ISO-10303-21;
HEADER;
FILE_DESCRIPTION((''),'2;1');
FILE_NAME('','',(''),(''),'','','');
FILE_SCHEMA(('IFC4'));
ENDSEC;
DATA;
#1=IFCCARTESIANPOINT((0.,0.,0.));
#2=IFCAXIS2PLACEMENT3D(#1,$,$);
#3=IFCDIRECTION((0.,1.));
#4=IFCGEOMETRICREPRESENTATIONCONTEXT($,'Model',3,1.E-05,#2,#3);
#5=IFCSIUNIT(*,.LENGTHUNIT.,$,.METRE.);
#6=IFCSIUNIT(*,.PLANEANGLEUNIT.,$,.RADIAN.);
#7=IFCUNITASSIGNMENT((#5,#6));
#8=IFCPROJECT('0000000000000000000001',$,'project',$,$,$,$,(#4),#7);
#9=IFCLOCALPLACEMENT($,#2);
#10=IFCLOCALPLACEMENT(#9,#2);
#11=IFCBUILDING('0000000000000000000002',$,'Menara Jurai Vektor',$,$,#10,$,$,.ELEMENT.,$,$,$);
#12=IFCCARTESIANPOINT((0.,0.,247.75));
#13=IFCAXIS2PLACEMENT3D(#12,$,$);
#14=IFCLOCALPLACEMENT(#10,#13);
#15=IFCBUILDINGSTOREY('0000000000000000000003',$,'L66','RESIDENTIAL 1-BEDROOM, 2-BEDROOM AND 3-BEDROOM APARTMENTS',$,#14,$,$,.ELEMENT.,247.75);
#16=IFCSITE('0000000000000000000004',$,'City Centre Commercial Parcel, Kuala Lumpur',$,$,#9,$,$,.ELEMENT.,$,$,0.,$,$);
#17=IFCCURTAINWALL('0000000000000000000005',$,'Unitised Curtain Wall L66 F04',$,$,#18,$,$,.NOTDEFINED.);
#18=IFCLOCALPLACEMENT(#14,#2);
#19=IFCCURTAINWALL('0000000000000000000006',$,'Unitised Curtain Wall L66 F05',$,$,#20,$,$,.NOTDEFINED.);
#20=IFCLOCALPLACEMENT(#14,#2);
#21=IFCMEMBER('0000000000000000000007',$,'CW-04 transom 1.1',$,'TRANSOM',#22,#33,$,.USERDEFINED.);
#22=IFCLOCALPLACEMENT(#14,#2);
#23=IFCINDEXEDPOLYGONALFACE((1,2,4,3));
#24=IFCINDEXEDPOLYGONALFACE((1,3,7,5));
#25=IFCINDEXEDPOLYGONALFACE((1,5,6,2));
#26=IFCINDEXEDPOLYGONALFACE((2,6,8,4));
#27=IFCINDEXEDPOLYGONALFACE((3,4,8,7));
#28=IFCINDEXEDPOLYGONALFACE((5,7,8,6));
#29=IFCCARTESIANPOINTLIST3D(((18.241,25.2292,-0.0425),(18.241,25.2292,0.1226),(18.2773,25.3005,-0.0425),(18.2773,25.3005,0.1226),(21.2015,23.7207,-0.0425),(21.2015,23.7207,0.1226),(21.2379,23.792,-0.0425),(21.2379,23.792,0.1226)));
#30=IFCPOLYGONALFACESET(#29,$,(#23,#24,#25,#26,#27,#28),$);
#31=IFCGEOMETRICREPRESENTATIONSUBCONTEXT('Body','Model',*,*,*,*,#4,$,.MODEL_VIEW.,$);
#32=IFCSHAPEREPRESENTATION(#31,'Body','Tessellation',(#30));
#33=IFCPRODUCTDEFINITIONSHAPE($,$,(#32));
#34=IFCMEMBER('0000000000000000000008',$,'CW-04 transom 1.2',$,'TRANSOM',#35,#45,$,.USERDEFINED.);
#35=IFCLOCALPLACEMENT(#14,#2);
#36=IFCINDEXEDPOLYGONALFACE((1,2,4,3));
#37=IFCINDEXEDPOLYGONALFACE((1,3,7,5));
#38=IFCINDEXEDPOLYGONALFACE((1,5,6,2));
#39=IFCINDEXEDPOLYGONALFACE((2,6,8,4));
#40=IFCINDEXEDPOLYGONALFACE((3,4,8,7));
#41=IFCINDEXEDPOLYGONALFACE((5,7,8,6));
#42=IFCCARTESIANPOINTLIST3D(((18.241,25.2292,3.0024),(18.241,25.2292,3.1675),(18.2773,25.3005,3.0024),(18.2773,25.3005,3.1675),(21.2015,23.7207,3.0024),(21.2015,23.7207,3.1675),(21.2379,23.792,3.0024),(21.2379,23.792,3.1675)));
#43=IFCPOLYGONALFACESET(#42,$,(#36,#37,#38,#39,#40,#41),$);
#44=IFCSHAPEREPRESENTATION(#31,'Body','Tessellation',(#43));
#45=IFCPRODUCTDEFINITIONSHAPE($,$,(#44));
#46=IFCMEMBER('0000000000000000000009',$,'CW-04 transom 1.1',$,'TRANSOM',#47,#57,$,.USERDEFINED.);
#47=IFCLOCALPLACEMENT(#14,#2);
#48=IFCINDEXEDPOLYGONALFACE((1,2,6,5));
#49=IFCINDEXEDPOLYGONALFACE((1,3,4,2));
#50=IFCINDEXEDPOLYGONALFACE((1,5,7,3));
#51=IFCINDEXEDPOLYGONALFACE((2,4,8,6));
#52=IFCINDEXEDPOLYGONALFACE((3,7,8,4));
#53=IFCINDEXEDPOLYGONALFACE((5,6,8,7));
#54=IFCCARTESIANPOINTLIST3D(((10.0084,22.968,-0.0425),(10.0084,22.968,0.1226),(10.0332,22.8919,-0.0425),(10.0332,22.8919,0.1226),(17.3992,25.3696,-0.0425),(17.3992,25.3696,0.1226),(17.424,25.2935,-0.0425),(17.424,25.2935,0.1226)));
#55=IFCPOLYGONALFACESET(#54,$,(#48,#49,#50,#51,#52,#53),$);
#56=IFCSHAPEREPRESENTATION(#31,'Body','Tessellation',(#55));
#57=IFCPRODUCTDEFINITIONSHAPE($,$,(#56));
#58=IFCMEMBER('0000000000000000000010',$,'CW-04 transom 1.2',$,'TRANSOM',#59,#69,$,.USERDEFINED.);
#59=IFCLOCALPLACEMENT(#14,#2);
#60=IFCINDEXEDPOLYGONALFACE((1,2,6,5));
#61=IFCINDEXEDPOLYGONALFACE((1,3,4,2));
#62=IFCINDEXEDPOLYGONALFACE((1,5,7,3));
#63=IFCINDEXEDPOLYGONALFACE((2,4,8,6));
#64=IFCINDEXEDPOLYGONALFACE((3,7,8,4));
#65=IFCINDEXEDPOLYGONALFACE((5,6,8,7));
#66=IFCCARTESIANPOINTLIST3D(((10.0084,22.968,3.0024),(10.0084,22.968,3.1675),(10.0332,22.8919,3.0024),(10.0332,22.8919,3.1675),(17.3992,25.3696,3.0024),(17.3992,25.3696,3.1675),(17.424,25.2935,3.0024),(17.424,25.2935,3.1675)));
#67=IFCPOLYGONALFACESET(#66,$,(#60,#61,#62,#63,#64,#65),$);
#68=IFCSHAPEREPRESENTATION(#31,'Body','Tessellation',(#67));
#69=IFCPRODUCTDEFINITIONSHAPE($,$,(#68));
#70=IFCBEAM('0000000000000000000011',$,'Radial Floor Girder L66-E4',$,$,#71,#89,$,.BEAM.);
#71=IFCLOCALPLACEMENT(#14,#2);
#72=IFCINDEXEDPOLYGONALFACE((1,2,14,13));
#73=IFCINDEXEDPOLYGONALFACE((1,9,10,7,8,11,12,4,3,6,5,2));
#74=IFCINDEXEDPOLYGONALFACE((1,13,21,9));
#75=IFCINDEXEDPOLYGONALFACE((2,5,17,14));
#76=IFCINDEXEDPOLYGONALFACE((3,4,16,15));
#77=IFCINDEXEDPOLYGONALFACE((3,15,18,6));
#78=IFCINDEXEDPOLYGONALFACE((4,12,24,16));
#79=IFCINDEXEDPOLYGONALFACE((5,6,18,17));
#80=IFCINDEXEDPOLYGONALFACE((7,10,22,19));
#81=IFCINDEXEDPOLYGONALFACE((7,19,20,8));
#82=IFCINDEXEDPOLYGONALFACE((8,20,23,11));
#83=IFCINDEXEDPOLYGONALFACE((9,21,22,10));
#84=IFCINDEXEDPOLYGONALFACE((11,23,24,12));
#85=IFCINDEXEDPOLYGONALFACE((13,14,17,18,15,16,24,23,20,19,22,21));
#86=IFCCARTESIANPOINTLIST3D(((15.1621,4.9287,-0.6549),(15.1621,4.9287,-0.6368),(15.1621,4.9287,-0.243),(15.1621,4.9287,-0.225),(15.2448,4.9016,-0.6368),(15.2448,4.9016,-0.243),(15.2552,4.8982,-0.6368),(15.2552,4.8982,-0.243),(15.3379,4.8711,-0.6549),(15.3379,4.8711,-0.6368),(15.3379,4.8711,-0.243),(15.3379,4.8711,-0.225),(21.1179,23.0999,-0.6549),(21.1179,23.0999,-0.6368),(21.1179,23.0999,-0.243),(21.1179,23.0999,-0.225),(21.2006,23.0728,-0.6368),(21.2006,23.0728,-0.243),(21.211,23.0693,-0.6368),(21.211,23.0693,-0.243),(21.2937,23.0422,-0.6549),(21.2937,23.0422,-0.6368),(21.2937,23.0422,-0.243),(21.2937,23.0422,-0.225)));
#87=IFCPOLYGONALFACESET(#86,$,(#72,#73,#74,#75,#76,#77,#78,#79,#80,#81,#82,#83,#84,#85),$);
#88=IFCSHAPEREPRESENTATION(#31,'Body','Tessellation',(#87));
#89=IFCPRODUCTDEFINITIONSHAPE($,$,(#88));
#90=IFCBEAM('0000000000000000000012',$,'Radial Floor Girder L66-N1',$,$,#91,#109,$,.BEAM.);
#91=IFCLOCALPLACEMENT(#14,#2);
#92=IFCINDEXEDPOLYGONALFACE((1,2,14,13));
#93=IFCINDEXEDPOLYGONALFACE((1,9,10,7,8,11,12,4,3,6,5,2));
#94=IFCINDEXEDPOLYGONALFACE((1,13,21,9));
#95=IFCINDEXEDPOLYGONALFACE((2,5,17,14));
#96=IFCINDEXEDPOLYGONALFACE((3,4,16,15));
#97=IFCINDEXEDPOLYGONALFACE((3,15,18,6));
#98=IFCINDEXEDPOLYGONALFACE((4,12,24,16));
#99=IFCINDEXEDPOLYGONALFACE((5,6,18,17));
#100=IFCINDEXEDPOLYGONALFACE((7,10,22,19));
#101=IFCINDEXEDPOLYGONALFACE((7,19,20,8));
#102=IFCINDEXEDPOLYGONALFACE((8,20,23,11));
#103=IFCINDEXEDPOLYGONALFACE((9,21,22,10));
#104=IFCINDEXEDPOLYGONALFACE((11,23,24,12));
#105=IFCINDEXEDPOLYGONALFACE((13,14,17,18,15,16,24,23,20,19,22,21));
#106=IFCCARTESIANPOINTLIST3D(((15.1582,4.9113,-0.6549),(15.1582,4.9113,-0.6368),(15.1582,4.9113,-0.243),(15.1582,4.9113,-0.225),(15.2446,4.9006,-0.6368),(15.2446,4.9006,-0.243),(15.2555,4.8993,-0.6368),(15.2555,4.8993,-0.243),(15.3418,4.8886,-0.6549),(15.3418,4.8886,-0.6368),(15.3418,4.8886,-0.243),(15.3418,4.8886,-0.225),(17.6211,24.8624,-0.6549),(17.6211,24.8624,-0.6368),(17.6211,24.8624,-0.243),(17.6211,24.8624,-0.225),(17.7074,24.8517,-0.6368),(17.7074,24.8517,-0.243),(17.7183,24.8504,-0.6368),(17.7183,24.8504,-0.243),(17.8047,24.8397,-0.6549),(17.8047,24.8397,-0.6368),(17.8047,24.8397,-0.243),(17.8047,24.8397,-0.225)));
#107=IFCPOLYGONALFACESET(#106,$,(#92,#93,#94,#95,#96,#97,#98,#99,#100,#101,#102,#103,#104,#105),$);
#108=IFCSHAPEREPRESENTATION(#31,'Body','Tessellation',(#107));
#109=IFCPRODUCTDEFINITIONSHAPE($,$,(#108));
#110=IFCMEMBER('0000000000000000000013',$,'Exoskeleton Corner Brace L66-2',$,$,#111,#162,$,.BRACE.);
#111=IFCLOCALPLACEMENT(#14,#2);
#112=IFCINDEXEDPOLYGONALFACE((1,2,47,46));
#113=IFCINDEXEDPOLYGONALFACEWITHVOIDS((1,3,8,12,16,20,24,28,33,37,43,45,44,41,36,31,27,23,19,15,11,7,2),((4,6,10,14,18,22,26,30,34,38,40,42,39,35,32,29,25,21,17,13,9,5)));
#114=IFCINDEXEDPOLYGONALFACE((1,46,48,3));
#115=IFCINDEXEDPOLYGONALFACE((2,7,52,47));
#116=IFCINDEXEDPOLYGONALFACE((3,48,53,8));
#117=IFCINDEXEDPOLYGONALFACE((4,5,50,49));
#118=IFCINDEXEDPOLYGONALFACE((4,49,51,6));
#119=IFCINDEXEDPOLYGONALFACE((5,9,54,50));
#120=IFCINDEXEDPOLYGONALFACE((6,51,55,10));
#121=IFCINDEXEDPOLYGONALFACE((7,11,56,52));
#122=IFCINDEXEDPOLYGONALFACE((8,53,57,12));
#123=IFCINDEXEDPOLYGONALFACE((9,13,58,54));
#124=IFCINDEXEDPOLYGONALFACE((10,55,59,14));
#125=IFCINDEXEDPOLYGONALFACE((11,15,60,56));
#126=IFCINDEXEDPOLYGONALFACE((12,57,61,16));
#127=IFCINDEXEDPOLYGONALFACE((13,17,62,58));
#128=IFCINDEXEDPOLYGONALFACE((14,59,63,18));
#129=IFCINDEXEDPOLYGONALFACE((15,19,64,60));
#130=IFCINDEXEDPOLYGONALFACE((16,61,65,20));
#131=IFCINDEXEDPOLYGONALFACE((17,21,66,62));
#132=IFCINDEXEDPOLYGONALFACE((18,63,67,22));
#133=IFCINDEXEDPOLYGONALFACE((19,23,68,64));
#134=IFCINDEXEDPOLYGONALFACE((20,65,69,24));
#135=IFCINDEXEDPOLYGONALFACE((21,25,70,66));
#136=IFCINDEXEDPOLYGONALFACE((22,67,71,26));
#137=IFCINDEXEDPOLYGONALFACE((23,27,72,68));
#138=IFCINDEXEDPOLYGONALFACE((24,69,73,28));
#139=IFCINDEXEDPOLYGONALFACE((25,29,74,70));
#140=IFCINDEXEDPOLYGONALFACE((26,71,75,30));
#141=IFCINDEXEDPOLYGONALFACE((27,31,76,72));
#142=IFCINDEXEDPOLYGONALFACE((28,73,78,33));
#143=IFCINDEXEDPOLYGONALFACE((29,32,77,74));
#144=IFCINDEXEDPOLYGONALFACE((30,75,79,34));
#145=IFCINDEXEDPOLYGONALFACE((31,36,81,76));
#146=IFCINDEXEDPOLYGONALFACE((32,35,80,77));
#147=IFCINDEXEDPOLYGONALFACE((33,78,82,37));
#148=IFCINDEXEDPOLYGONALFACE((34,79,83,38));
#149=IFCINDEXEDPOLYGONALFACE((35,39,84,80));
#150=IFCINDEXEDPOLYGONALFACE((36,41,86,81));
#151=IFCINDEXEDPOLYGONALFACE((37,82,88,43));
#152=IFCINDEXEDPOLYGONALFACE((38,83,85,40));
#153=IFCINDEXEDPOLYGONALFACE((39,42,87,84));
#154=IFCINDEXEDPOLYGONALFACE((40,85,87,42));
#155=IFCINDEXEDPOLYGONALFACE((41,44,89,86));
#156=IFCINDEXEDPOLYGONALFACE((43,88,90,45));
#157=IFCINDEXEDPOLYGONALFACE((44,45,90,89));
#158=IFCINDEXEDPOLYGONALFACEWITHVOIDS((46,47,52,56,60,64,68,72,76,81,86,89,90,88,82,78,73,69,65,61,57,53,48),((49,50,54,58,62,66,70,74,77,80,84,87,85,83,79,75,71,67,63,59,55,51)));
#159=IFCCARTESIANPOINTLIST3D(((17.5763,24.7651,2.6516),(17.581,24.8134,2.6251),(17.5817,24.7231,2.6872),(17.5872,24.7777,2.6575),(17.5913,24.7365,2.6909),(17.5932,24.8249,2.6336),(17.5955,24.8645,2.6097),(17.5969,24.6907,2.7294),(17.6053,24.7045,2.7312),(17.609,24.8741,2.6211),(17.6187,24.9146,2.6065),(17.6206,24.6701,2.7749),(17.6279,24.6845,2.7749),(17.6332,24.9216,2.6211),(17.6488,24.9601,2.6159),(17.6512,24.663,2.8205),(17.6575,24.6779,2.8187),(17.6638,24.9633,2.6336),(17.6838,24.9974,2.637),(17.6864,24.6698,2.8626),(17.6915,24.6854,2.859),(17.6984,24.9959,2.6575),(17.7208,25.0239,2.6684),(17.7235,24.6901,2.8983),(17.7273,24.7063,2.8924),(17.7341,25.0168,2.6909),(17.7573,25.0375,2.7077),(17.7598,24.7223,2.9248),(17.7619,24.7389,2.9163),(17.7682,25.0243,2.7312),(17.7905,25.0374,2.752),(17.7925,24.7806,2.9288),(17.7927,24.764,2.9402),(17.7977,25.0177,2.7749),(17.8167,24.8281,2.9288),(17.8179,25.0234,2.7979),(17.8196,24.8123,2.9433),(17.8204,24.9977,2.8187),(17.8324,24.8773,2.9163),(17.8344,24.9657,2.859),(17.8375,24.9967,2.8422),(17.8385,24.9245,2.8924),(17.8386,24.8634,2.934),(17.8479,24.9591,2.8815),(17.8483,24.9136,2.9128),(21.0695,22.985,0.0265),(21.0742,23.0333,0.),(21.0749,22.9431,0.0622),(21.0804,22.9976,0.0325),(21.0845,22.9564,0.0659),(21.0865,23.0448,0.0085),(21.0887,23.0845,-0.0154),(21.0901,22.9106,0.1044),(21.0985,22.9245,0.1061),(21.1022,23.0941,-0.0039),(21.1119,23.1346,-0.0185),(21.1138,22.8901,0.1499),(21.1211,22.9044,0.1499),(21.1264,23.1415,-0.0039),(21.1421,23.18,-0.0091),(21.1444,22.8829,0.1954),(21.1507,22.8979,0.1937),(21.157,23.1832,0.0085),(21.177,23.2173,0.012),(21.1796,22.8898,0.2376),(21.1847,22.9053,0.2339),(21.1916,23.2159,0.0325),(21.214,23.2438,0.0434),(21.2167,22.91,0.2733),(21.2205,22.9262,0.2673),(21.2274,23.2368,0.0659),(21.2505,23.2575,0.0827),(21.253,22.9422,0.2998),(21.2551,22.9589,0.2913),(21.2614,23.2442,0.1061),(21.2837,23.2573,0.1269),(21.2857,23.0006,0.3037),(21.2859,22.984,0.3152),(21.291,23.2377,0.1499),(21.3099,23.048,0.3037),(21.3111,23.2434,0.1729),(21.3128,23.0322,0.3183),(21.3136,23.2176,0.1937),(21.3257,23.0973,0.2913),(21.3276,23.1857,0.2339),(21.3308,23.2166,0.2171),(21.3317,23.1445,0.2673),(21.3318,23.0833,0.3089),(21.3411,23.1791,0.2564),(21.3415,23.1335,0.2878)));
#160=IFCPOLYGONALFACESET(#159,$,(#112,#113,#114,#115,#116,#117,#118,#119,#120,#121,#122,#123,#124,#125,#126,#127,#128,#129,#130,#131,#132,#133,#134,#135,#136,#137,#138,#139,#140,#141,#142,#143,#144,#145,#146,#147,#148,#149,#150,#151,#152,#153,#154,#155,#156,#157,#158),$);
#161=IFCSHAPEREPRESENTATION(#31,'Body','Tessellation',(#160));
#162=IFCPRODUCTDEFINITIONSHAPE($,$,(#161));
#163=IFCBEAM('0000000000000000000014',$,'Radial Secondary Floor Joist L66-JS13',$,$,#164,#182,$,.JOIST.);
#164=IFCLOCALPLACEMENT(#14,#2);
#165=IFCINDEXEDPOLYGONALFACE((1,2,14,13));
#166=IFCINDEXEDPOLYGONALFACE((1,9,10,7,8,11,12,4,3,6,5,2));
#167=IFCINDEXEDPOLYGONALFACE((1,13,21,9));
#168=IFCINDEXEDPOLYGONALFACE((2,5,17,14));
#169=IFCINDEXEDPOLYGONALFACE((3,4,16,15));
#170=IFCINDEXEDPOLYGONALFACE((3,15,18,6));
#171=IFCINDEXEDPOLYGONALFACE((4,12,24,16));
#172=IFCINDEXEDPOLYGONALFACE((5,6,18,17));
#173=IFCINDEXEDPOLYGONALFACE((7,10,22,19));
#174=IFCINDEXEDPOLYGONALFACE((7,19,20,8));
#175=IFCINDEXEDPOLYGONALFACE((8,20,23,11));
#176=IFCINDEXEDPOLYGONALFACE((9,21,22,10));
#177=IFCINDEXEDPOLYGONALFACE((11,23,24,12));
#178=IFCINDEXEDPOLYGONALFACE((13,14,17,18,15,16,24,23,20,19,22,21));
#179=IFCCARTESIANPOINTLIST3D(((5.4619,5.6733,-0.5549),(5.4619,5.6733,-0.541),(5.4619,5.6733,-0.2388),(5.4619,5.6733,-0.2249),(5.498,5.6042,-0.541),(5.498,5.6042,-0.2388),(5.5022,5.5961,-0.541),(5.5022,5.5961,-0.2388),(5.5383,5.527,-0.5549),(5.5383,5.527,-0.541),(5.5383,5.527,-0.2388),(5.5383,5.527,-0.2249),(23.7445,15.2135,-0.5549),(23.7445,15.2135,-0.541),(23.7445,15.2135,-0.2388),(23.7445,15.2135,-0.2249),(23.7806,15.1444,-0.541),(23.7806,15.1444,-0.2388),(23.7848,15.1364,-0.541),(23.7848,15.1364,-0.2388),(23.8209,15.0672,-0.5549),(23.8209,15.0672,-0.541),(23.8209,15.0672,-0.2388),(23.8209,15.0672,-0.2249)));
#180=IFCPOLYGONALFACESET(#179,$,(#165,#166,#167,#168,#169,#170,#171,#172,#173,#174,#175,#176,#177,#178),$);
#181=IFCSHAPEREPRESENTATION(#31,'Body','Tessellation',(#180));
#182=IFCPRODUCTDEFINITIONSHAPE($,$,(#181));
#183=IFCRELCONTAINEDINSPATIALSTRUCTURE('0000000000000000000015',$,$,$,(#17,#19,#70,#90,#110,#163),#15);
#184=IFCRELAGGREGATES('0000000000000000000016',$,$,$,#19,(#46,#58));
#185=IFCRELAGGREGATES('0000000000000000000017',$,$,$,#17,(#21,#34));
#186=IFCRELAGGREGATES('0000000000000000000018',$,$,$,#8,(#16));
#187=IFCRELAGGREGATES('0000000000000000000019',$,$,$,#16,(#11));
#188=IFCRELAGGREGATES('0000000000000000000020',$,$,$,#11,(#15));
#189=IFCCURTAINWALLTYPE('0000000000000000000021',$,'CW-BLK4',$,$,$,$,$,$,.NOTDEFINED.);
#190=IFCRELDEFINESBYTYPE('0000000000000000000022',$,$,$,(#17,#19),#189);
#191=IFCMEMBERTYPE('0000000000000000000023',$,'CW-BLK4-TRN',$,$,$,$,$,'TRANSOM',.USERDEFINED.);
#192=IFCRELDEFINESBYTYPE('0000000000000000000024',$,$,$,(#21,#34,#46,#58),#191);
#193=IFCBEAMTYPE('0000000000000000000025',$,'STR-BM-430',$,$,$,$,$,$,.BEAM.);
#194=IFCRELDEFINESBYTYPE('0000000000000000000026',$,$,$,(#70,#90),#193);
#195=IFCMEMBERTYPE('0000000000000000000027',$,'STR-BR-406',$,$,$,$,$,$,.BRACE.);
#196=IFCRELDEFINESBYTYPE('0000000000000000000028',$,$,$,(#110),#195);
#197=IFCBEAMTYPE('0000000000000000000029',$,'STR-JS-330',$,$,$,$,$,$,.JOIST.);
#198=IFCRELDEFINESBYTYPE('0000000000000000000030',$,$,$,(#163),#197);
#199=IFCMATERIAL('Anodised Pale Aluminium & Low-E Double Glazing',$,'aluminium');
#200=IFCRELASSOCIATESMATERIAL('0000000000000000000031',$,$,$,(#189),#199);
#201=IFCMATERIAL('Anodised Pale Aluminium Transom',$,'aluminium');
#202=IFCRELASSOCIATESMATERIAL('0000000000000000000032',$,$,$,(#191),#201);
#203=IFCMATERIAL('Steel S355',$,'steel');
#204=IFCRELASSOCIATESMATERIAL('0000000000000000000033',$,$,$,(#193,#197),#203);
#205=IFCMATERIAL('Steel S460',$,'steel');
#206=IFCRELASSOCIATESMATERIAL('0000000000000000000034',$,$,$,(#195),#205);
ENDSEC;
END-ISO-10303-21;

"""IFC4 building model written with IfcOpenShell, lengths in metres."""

from ifc_helpers import new_model, si_unit, direction, frame, origin, origin_2d, place, context, subcontext, project, spatial, rectangle, hollow_circle, i_section, extrude, material, material_profile, profile_set, type_object, element, aggregate, save


model = new_model("IFC4")

# Units and contexts
model_context = context("Model", 3, precision=1e-05, world=origin(), true_north=direction((0.0, 1.0)))
body_context = subcontext(model_context, "Body", "Model", "MODEL_VIEW")
ifc_project = project(units=[si_unit("LENGTHUNIT", "METRE"), si_unit("PLANEANGLEUNIT", "RADIAN")], contexts=[model_context])

# Site, building, storey
site_placement = place(None, origin())
site = spatial("IfcSite", under=ifc_project, at=site_placement, Name="City Centre Commercial Parcel, Kuala Lumpur", CompositionType="ELEMENT", RefElevation=0.0)
building_placement = place(site_placement, origin())
building = spatial("IfcBuilding", under=site, at=building_placement, Name="Menara Jurai Vektor", CompositionType="ELEMENT")
storey_placement = place(building_placement, frame((0.0, 0.0, 247.75)))
storey = spatial("IfcBuildingStorey", under=building, at=storey_placement, Name="L66", Description="RESIDENTIAL 1-BEDROOM, 2-BEDROOM AND 3-BEDROOM APARTMENTS", CompositionType="ELEMENT", Elevation=247.75)

# Shared definitions
ifc_material_1 = material(Name="Steel S460", Category="steel")

# Curtain wall
ifc_material_2 = material(Name="Anodised Pale Aluminium & Low-E Double Glazing", Category="aluminium")
curtain_wall_type = type_object("IfcCurtainWallType", Name="CW-BLK4", PredefinedType="NOTDEFINED", material=ifc_material_2)
curtain_wall_1_placement = place(storey_placement, origin())
curtain_wall_1 = element("IfcCurtainWall", 1, at=curtain_wall_1_placement, inside=storey, type_object=curtain_wall_type, Name="Unitised Curtain Wall L66 F04", PredefinedType="NOTDEFINED")

# Curtain wall
curtain_wall_2_placement = place(storey_placement, origin())
curtain_wall_2 = element("IfcCurtainWall", 2, at=curtain_wall_2_placement, inside=storey, type_object=curtain_wall_type, Name="Unitised Curtain Wall L66 F05", PredefinedType="NOTDEFINED")

# Members
ifc_material_3 = material(Name="Anodised Pale Aluminium Transom", Category="aluminium")
ifc_material_profile_1 = material_profile(ifc_material_3, rectangle(XDim=0.0801, YDim=0.165, at=origin_2d()), Name="ALU TRN 80x165")
ifc_profile_set_1 = profile_set([ifc_material_profile_1], Name="Anodised Pale Aluminium Transom")
member_type_1 = type_object("IfcMemberType", Name="CW-BLK4-TRN", ElementType="TRANSOM", PredefinedType="USERDEFINED", material=ifc_profile_set_1)
member_1_placement = place(storey_placement, frame((21.2197, 23.7563, 0.04), z_axis=(-0.891007, 0.45399, 0.0), x_axis=(-0.45399, -0.891007, 0.0)))
member_1 = element("IfcMember", 3, at=member_1_placement, type_object=member_type_1, Name="CW-04 transom 1.1", ObjectType="TRANSOM", PredefinedType="USERDEFINED", context=body_context, shape_type="SweptSolid", body=[
    extrude(rectangle(XDim=0.0801, YDim=0.165, at=origin_2d()), origin(), (0.0, 0.0, 1.0), 3.3228),
])
member_2_placement = place(storey_placement, frame((21.2197, 23.7563, 3.085), z_axis=(-0.891007, 0.45399, 0.0), x_axis=(-0.45399, -0.891007, 0.0)))
member_2 = element("IfcMember", 4, at=member_2_placement, type_object=member_type_1, Name="CW-04 transom 1.2", ObjectType="TRANSOM", PredefinedType="USERDEFINED", context=body_context, shape_type="SweptSolid", body=[
    extrude(rectangle(XDim=0.0801, YDim=0.165, at=origin_2d()), origin(), (0.0, 0.0, 1.0), 3.3228),
])
member_3_placement = place(storey_placement, frame((17.4116, 25.3315, 0.04), z_axis=(-0.95105, -0.309037, 0.0), x_axis=(0.309037, -0.95105, 0.0)))
member_3 = element("IfcMember", 5, at=member_3_placement, type_object=member_type_1, Name="CW-04 transom 1.1", ObjectType="TRANSOM", PredefinedType="USERDEFINED", context=body_context, shape_type="SweptSolid", body=[
    extrude(rectangle(XDim=0.0801, YDim=0.165, at=origin_2d()), origin(), (0.0, 0.0, 1.0), 7.7712),
])
member_4_placement = place(storey_placement, frame((17.4116, 25.3315, 3.085), z_axis=(-0.95105, -0.309037, 0.0), x_axis=(0.309037, -0.95105, 0.0)))
member_4 = element("IfcMember", 6, at=member_4_placement, type_object=member_type_1, Name="CW-04 transom 1.2", ObjectType="TRANSOM", PredefinedType="USERDEFINED", context=body_context, shape_type="SweptSolid", body=[
    extrude(rectangle(XDim=0.0801, YDim=0.165, at=origin_2d()), origin(), (0.0, 0.0, 1.0), 7.7712),
])

# Beams
ifc_material_4 = material(Name="Steel S355", Category="steel")
ifc_material_profile_2 = material_profile(ifc_material_4, i_section(OverallWidth=0.1851, OverallDepth=0.4299, WebThickness=0.011, FlangeThickness=0.0181, at=origin_2d()), Name="PG 430x185x76")
ifc_profile_set_2 = profile_set([ifc_material_profile_2], Name="Steel S355")
beam_type_1 = type_object("IfcBeamType", Name="STR-BM-430", PredefinedType="BEAM", material=ifc_profile_set_2)
beam_1_placement = place(storey_placement, frame((21.2058, 23.071, -0.4399), z_axis=(-0.311459, -0.95026, 0.0), x_axis=(0.95026, -0.311459, 0.0)))
element("IfcBeam", 7, at=beam_1_placement, inside=storey, type_object=beam_type_1, Name="Radial Floor Girder L66-E4", PredefinedType="BEAM", context=body_context, shape_type="SweptSolid", body=[
    extrude(i_section(OverallWidth=0.1851, OverallDepth=0.4299, WebThickness=0.011, FlangeThickness=0.0181, at=origin_2d()), origin(), (0.0, 0.0, 1.0), 19.1223),
])
beam_2_placement = place(storey_placement, frame((17.7129, 24.8511, -0.4399), z_axis=(-0.122516, -0.992467, 0.0), x_axis=(0.992467, -0.122516, 0.0)))
element("IfcBeam", 8, at=beam_2_placement, inside=storey, type_object=beam_type_1, Name="Radial Floor Girder L66-N1", PredefinedType="BEAM", context=body_context, shape_type="SweptSolid", body=[
    extrude(i_section(OverallWidth=0.1851, OverallDepth=0.4299, WebThickness=0.011, FlangeThickness=0.0181, at=origin_2d()), origin(), (0.0, 0.0, 1.0), 20.1025),
])

# Member
ifc_material_profile_3 = material_profile(ifc_material_1, hollow_circle(Radius=0.2031, WallThickness=0.0161, at=origin_2d()), Name="CHS 406.4x16")
ifc_profile_set_3 = profile_set([ifc_material_profile_3], Name="Steel S460")
member_type_2 = type_object("IfcMemberType", Name="STR-BR-406", PredefinedType="BRACE", material=ifc_profile_set_3)
member_5_placement = place(storey_placement, frame((21.2061, 23.071, 0.1499), z_axis=(-0.740361, 0.377269, 0.556357), x_axis=(-0.454026, -0.890989, 0.0)))
element("IfcMember", 9, at=member_5_placement, inside=storey, type_object=member_type_2, Name="Exoskeleton Corner Brace L66-2", PredefinedType="BRACE", context=body_context, shape_type="SweptSolid", body=[
    extrude(hollow_circle(Radius=0.2031, WallThickness=0.0161, at=origin_2d()), origin(), (0.0, 0.0, 1.0), 4.7183),
])

# Beam
ifc_material_profile_4 = material_profile(ifc_material_4, i_section(OverallWidth=0.165, OverallDepth=0.3301, WebThickness=0.009, FlangeThickness=0.0139, at=origin_2d()), Name="PG 330x165x46")
ifc_profile_set_4 = profile_set([ifc_material_profile_4], Name="Steel S355")
beam_type_2 = type_object("IfcBeamType", Name="STR-JS-330", PredefinedType="JOIST", material=ifc_profile_set_4)
beam_3_placement = place(storey_placement, frame((23.7827, 15.1404, -0.3899), z_axis=(-0.886556, -0.462622, 0.0), x_axis=(0.462622, -0.886556, 0.0)))
element("IfcBeam", 10, at=beam_3_placement, inside=storey, type_object=beam_type_2, Name="Radial Secondary Floor Joist L66-JS13", PredefinedType="JOIST", context=body_context, shape_type="SweptSolid", body=[
    extrude(i_section(OverallWidth=0.165, OverallDepth=0.3301, WebThickness=0.009, FlangeThickness=0.0139, at=origin_2d()), origin(), (0.0, 0.0, 1.0), 20.6221),
])

aggregate(curtain_wall_2, [member_3, member_4])
aggregate(curtain_wall_1, [member_1, member_2])

save(model, "model.ifc")
